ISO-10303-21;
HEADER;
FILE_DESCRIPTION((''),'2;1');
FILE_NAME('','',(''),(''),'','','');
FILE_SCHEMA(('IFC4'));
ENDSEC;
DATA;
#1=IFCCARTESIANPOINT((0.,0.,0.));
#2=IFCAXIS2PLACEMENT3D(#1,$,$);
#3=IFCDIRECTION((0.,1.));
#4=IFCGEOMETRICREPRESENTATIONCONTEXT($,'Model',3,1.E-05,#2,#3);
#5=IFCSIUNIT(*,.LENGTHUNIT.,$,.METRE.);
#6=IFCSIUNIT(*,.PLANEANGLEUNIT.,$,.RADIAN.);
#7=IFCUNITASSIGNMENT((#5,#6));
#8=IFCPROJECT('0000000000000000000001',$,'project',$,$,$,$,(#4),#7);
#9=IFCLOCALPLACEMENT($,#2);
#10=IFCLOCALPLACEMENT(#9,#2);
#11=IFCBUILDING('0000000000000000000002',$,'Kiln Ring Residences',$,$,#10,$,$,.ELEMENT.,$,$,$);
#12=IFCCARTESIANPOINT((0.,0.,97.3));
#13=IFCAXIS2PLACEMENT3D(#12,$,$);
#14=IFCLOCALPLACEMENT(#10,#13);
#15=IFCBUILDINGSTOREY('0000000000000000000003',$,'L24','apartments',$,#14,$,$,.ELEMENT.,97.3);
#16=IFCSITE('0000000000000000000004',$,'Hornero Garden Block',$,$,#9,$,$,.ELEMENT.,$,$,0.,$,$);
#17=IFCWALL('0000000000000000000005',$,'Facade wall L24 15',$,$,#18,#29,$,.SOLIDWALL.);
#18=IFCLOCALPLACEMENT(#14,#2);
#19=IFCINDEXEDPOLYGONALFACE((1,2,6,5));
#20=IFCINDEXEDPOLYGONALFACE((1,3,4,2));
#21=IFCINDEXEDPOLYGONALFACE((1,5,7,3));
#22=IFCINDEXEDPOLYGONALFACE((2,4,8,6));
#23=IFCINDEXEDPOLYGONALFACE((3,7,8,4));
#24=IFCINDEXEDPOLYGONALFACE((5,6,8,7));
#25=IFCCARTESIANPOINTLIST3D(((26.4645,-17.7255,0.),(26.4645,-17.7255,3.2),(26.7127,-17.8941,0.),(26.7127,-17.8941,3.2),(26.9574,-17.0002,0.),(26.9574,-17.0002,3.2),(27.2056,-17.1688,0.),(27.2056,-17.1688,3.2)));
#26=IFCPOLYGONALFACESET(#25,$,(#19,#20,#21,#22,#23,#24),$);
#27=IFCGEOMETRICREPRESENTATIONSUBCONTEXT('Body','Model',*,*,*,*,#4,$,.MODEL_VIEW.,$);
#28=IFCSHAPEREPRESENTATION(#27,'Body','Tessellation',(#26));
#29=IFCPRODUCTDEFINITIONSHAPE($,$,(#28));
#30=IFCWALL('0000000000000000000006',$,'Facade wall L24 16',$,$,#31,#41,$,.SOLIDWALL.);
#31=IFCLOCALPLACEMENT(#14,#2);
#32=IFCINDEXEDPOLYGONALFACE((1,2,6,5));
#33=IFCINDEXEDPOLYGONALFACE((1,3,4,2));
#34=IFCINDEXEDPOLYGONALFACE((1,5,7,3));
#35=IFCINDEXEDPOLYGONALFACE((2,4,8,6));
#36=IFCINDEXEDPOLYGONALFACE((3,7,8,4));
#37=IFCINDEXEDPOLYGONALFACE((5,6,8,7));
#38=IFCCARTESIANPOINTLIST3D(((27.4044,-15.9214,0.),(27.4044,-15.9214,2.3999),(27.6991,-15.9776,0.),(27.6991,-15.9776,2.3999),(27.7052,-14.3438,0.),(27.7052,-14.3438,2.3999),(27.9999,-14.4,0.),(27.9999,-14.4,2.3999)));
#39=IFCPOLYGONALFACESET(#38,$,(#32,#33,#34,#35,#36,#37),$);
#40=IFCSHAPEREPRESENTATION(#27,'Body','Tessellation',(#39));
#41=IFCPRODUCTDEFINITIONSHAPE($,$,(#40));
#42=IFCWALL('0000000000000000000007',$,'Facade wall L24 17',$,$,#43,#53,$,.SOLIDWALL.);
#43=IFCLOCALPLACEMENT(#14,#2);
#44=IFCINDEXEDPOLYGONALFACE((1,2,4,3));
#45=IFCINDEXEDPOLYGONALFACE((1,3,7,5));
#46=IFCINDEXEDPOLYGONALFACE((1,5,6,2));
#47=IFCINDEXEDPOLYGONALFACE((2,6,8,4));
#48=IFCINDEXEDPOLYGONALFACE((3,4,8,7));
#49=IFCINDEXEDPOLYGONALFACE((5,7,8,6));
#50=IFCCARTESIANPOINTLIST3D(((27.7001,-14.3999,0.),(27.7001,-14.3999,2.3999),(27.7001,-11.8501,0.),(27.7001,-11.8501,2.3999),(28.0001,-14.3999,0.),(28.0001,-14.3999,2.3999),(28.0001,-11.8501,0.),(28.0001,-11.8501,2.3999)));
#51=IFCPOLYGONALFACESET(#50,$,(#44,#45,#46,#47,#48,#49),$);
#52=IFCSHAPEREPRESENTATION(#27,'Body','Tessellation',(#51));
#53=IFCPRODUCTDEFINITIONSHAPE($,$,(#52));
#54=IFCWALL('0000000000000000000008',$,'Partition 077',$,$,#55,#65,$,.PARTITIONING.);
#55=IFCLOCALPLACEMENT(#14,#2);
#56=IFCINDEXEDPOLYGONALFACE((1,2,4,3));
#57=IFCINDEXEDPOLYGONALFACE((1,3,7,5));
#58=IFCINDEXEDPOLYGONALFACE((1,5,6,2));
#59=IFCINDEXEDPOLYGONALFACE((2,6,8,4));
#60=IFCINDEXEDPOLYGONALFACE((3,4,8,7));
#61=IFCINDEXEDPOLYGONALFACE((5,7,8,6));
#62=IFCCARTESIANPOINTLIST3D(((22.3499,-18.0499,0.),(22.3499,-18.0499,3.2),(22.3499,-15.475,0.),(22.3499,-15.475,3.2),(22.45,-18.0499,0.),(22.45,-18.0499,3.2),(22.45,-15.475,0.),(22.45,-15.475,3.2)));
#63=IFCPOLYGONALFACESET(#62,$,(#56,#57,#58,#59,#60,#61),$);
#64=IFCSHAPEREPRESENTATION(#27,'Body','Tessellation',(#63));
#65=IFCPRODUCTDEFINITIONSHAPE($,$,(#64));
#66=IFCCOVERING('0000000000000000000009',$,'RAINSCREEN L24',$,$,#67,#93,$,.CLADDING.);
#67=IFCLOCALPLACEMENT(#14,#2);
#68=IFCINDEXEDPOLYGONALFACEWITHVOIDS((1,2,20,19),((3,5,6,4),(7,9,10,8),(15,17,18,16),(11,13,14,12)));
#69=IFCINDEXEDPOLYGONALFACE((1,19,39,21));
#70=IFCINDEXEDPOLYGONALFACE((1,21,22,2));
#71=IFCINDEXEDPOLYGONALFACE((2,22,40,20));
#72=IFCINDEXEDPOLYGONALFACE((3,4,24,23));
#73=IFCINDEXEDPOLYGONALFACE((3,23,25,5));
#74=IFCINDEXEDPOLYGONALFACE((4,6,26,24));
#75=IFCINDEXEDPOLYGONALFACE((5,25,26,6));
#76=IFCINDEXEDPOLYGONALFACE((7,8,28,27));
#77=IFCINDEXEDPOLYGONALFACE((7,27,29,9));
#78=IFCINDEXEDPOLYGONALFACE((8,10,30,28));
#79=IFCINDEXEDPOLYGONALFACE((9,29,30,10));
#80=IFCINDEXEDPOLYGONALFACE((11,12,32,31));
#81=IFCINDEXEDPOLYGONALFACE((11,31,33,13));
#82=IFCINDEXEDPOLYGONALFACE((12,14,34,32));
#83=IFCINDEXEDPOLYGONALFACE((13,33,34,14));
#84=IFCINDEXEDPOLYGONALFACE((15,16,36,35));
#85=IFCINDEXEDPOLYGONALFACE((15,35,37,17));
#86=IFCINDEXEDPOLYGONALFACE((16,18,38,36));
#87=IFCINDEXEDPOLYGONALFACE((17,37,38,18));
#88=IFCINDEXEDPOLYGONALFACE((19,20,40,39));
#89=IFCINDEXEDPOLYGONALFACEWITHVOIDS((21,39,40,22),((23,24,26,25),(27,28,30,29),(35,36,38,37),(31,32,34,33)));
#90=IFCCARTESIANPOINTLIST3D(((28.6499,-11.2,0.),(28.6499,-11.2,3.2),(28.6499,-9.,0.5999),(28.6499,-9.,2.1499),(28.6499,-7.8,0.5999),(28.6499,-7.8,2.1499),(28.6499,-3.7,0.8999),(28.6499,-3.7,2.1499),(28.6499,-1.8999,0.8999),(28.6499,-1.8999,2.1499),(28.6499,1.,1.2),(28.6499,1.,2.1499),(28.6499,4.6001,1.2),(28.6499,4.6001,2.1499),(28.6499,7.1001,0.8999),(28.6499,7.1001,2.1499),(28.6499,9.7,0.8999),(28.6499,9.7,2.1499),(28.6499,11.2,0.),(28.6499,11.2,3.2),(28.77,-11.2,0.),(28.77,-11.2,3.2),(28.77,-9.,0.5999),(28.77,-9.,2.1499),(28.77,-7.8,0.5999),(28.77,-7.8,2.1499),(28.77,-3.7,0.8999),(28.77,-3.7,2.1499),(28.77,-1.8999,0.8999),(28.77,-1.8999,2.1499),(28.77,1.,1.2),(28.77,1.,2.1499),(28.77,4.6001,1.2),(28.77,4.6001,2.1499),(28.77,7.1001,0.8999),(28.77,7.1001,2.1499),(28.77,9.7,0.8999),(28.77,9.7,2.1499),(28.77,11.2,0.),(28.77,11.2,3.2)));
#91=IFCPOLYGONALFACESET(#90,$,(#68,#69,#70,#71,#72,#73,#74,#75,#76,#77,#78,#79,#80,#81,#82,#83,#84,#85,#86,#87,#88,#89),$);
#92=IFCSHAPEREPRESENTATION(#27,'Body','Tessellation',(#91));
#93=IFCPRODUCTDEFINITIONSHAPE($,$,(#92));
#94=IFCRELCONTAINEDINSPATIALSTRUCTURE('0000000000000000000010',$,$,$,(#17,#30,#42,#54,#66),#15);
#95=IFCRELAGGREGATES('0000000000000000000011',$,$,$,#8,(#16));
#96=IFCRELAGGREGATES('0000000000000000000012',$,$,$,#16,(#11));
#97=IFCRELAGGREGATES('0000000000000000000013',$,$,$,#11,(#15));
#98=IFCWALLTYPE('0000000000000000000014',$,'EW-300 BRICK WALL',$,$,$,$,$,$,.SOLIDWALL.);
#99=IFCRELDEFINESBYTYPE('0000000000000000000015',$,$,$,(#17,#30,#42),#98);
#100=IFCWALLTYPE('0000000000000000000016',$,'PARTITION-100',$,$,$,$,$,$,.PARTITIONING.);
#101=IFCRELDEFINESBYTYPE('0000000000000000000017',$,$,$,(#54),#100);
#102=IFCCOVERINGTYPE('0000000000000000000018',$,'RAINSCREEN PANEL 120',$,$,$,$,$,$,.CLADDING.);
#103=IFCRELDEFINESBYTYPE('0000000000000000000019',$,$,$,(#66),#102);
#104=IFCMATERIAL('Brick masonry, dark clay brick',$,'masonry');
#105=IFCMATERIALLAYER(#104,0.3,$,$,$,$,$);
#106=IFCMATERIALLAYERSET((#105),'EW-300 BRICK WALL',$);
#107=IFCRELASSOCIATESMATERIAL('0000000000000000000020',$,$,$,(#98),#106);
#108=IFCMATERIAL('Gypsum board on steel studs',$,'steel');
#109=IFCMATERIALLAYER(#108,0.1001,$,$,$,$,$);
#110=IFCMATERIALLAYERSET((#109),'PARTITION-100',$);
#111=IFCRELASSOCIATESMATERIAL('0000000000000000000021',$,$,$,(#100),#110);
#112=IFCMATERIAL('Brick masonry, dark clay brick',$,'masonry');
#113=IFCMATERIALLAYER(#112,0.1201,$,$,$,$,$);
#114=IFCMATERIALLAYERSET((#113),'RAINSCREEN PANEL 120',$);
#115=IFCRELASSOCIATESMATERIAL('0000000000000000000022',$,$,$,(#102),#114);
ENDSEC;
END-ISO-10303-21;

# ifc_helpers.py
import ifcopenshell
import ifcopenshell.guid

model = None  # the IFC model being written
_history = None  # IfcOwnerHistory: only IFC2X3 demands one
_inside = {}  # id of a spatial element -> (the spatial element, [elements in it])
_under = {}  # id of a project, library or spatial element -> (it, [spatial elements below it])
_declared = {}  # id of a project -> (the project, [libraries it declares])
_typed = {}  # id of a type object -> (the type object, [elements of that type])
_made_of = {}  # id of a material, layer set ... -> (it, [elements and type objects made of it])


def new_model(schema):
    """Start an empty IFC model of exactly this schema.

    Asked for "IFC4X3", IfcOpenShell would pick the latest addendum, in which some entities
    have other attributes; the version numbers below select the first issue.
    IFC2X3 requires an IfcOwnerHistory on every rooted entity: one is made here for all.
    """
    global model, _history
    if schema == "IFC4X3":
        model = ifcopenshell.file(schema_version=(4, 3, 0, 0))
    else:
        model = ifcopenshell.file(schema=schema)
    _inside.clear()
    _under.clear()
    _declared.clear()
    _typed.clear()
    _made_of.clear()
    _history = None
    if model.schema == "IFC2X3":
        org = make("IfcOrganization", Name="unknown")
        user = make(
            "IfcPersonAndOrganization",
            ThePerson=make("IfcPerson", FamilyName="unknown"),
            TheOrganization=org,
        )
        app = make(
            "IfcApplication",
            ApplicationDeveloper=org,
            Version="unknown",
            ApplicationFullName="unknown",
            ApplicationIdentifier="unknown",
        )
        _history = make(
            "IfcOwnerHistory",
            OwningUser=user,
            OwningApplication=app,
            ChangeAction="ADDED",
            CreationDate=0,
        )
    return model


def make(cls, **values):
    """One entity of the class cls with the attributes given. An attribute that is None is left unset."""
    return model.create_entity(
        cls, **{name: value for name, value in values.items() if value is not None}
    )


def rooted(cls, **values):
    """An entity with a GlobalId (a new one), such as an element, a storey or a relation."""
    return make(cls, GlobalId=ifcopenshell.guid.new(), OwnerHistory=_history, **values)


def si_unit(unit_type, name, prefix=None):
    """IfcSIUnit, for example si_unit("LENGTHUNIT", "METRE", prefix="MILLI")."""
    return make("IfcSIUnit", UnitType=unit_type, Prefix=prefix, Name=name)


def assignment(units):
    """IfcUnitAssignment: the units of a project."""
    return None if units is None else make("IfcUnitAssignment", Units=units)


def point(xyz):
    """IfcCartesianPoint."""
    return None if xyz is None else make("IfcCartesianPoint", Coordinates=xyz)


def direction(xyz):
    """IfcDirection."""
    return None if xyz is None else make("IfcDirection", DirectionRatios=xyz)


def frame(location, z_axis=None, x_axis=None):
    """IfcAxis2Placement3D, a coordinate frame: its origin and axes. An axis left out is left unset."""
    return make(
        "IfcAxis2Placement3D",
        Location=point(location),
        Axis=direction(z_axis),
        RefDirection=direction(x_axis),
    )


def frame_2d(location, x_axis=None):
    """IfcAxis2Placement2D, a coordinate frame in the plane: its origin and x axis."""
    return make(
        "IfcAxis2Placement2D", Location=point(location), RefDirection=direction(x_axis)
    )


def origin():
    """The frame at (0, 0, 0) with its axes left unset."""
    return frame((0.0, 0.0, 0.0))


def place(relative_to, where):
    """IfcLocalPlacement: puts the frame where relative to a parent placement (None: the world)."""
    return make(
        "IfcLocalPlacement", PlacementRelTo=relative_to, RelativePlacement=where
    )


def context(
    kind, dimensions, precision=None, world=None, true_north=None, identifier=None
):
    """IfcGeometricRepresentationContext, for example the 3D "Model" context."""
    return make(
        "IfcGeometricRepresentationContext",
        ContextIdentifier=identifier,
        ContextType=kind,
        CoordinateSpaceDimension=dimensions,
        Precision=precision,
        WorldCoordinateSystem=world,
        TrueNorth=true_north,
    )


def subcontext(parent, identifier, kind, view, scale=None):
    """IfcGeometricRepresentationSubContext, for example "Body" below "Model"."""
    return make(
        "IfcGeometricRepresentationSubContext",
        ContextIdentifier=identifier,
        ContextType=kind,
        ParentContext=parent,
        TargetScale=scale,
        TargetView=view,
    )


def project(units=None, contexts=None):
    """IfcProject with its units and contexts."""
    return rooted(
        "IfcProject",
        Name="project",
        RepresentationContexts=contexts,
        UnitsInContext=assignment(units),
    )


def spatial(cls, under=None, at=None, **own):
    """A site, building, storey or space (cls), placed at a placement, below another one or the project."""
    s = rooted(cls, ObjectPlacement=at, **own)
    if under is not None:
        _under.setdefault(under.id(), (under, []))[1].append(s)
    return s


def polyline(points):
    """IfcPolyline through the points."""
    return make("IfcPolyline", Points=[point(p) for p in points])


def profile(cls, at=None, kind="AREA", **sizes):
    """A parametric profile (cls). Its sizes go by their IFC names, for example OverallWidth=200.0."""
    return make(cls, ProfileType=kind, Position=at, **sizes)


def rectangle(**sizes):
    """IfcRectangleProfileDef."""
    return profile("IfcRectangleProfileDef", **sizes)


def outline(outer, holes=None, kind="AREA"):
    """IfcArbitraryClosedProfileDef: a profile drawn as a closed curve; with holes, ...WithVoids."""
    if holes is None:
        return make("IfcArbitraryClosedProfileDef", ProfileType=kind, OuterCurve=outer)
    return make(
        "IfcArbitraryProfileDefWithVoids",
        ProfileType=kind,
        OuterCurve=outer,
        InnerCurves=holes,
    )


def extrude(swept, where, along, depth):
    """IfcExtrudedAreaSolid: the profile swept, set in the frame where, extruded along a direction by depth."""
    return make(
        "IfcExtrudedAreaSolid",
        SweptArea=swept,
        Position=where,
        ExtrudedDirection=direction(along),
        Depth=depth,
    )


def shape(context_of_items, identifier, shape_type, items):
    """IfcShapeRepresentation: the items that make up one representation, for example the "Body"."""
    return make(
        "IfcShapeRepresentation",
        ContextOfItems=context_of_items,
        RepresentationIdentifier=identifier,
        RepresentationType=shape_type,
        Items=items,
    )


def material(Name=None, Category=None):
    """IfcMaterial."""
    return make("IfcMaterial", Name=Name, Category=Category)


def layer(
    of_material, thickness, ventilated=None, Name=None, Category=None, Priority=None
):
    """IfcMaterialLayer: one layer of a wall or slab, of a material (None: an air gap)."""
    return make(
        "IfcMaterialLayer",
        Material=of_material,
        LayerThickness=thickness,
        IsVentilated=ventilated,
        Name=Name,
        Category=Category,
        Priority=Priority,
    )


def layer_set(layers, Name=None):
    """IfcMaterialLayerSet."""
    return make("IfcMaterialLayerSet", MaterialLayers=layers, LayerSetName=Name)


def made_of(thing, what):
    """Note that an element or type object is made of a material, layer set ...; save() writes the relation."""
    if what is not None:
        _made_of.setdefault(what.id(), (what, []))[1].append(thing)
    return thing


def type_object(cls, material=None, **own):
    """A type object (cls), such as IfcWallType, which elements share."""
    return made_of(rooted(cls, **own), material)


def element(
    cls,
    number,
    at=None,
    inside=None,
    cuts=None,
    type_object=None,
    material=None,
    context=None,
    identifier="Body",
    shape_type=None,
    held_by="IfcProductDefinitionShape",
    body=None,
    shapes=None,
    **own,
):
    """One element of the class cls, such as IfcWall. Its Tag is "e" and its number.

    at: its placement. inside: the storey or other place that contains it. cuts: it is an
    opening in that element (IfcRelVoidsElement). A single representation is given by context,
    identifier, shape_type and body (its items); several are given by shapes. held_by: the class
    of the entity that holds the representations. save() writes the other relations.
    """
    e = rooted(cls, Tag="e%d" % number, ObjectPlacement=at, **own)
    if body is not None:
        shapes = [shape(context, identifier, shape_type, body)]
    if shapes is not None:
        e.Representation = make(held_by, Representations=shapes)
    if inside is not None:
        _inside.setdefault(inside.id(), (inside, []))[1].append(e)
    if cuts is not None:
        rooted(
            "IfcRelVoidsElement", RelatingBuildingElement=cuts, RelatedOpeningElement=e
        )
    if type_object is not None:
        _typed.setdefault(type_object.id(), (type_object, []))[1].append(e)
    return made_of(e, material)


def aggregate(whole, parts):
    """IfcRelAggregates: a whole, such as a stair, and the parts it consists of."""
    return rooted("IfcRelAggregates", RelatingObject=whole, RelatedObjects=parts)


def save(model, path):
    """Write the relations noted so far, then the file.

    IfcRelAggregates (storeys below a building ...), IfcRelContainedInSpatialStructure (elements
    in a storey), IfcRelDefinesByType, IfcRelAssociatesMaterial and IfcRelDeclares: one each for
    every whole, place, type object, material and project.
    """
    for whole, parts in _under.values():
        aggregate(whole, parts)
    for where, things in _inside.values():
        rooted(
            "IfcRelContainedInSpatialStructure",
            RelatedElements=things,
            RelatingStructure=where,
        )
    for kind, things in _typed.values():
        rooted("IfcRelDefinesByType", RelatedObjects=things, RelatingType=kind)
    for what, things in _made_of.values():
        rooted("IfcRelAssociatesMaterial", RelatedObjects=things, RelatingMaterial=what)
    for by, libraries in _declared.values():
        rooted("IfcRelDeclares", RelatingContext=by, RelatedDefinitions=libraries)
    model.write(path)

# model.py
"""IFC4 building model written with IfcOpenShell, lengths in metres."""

from ifc_helpers import new_model, si_unit, direction, frame, frame_2d, origin, place, context, subcontext, project, spatial, polyline, rectangle, outline, extrude, material, layer, layer_set, type_object, element, save


model = new_model("IFC4")

# Units and contexts
model_context = context("Model", 3, precision=1e-05, world=origin(), true_north=direction((0.0, 1.0)))
body_context = subcontext(model_context, "Body", "Model", "MODEL_VIEW")
ifc_project = project(units=[si_unit("LENGTHUNIT", "METRE"), si_unit("PLANEANGLEUNIT", "RADIAN")], contexts=[model_context])

# Site, building, storey
site_placement = place(None, origin())
site = spatial("IfcSite", under=ifc_project, at=site_placement, Name="Hornero Garden Block", CompositionType="ELEMENT", RefElevation=0.0)
building_placement = place(site_placement, origin())
building = spatial("IfcBuilding", under=site, at=building_placement, Name="Kiln Ring Residences", CompositionType="ELEMENT")
storey_placement = place(building_placement, frame((0.0, 0.0, 97.3)))
storey = spatial("IfcBuildingStorey", under=building, at=storey_placement, Name="L24", Description="apartments", CompositionType="ELEMENT", Elevation=97.3)

# Walls
ifc_material_1 = material(Name="Brick masonry, dark clay brick", Category="masonry")
ifc_layer_1 = layer(ifc_material_1, 0.3)
ifc_layer_set_1 = layer_set([ifc_layer_1], Name="EW-300 BRICK WALL")
wall_type_1 = type_object("IfcWallType", Name="EW-300 BRICK WALL", PredefinedType="SOLIDWALL", material=ifc_layer_set_1)
wall_1_placement = place(storey_placement, frame((26.5886, -17.8098, 0.0), z_axis=(0.0, 0.0, 1.0), x_axis=(0.562066, 0.827092, 0.0)))
element("IfcWall", 1, at=wall_1_placement, inside=storey, type_object=wall_type_1, Name="Facade wall L24 15", PredefinedType="SOLIDWALL", context=body_context, shape_type="SweptSolid", body=[
    extrude(rectangle(XDim=0.877, YDim=0.3, at=frame_2d((0.4385, 0.0))), origin(), (0.0, 0.0, 1.0), 3.2),
])
wall_2_placement = place(storey_placement, frame((27.5518, -15.9495, 0.0), z_axis=(0.0, 0.0, 1.0), x_axis=(0.18728, 0.982307, 0.0)))
element("IfcWall", 2, at=wall_2_placement, inside=storey, type_object=wall_type_1, Name="Facade wall L24 16", PredefinedType="SOLIDWALL", context=body_context, shape_type="SweptSolid", body=[
    extrude(rectangle(XDim=1.606, YDim=0.3, at=frame_2d((0.803, 0.0))), origin(), (0.0, 0.0, 1.0), 2.3999),
])
wall_3_placement = place(storey_placement, frame((27.8501, -14.3999, 0.0), z_axis=(0.0, 0.0, 1.0), x_axis=(0.0, 1.0, 0.0)))
element("IfcWall", 3, at=wall_3_placement, inside=storey, type_object=wall_type_1, Name="Facade wall L24 17", PredefinedType="SOLIDWALL", context=body_context, shape_type="SweptSolid", body=[
    extrude(rectangle(XDim=2.5498, YDim=0.3, at=frame_2d((1.2749, 0.0))), origin(), (0.0, 0.0, 1.0), 2.3999),
])
ifc_material_2 = material(Name="Gypsum board on steel studs", Category="steel")
ifc_layer_2 = layer(ifc_material_2, 0.1001)
ifc_layer_set_2 = layer_set([ifc_layer_2], Name="PARTITION-100")
wall_type_2 = type_object("IfcWallType", Name="PARTITION-100", PredefinedType="PARTITIONING", material=ifc_layer_set_2)
wall_4_placement = place(storey_placement, frame((22.3999, -18.05, 0.0), z_axis=(0.0, 0.0, 1.0), x_axis=(0.0, 1.0, 0.0)))
element("IfcWall", 4, at=wall_4_placement, inside=storey, type_object=wall_type_2, Name="Partition 077", PredefinedType="PARTITIONING", context=body_context, shape_type="SweptSolid", body=[
    extrude(rectangle(XDim=2.575, YDim=0.1001, at=frame_2d((1.2876, 0.0))), origin(), (0.0, 0.0, 1.0), 3.2),
])

# Covering
ifc_material_3 = material(Name="Brick masonry, dark clay brick", Category="masonry")
ifc_layer_3 = layer(ifc_material_3, 0.1201)
ifc_layer_set_3 = layer_set([ifc_layer_3], Name="RAINSCREEN PANEL 120")
covering_type = type_object("IfcCoveringType", Name="RAINSCREEN PANEL 120", PredefinedType="CLADDING", material=ifc_layer_set_3)
covering_placement = place(storey_placement, frame((28.71, -11.2, 0.0), z_axis=(0.0, 0.0, 1.0), x_axis=(0.0, 1.0, 0.0)))
element("IfcCovering", 5, at=covering_placement, inside=storey, type_object=covering_type, Name="RAINSCREEN L24", PredefinedType="CLADDING", context=body_context, shape_type="SweptSolid", body=[
    extrude(outline(polyline([(0.0, 0.0), (22.3999, 0.0), (22.3999, 3.2), (0.0, 3.2), (0.0, 0.0)]), holes=[polyline([(3.3999, 0.5999), (3.3999, 2.1499), (2.2, 2.1499), (2.2, 0.5999), (3.3999, 0.5999)]), polyline([(9.3, 0.8999), (9.3, 2.1499), (7.5, 2.1499), (7.5, 0.8999), (9.3, 0.8999)]), polyline([(20.8999, 0.8999), (20.8999, 2.1499), (18.3, 2.1499), (18.3, 0.8999), (20.8999, 0.8999)]), polyline([(15.8, 1.2), (15.8, 2.1499), (12.2, 2.1499), (12.2, 1.2), (15.8, 1.2)])]), frame((0.0, 0.0601, 0.0), z_axis=(0.0, -1.0, 0.0), x_axis=(1.0, 0.0, 0.0)), (0.0, 0.0, 1.0), 0.1201),
])

save(model, "model.ifc")
